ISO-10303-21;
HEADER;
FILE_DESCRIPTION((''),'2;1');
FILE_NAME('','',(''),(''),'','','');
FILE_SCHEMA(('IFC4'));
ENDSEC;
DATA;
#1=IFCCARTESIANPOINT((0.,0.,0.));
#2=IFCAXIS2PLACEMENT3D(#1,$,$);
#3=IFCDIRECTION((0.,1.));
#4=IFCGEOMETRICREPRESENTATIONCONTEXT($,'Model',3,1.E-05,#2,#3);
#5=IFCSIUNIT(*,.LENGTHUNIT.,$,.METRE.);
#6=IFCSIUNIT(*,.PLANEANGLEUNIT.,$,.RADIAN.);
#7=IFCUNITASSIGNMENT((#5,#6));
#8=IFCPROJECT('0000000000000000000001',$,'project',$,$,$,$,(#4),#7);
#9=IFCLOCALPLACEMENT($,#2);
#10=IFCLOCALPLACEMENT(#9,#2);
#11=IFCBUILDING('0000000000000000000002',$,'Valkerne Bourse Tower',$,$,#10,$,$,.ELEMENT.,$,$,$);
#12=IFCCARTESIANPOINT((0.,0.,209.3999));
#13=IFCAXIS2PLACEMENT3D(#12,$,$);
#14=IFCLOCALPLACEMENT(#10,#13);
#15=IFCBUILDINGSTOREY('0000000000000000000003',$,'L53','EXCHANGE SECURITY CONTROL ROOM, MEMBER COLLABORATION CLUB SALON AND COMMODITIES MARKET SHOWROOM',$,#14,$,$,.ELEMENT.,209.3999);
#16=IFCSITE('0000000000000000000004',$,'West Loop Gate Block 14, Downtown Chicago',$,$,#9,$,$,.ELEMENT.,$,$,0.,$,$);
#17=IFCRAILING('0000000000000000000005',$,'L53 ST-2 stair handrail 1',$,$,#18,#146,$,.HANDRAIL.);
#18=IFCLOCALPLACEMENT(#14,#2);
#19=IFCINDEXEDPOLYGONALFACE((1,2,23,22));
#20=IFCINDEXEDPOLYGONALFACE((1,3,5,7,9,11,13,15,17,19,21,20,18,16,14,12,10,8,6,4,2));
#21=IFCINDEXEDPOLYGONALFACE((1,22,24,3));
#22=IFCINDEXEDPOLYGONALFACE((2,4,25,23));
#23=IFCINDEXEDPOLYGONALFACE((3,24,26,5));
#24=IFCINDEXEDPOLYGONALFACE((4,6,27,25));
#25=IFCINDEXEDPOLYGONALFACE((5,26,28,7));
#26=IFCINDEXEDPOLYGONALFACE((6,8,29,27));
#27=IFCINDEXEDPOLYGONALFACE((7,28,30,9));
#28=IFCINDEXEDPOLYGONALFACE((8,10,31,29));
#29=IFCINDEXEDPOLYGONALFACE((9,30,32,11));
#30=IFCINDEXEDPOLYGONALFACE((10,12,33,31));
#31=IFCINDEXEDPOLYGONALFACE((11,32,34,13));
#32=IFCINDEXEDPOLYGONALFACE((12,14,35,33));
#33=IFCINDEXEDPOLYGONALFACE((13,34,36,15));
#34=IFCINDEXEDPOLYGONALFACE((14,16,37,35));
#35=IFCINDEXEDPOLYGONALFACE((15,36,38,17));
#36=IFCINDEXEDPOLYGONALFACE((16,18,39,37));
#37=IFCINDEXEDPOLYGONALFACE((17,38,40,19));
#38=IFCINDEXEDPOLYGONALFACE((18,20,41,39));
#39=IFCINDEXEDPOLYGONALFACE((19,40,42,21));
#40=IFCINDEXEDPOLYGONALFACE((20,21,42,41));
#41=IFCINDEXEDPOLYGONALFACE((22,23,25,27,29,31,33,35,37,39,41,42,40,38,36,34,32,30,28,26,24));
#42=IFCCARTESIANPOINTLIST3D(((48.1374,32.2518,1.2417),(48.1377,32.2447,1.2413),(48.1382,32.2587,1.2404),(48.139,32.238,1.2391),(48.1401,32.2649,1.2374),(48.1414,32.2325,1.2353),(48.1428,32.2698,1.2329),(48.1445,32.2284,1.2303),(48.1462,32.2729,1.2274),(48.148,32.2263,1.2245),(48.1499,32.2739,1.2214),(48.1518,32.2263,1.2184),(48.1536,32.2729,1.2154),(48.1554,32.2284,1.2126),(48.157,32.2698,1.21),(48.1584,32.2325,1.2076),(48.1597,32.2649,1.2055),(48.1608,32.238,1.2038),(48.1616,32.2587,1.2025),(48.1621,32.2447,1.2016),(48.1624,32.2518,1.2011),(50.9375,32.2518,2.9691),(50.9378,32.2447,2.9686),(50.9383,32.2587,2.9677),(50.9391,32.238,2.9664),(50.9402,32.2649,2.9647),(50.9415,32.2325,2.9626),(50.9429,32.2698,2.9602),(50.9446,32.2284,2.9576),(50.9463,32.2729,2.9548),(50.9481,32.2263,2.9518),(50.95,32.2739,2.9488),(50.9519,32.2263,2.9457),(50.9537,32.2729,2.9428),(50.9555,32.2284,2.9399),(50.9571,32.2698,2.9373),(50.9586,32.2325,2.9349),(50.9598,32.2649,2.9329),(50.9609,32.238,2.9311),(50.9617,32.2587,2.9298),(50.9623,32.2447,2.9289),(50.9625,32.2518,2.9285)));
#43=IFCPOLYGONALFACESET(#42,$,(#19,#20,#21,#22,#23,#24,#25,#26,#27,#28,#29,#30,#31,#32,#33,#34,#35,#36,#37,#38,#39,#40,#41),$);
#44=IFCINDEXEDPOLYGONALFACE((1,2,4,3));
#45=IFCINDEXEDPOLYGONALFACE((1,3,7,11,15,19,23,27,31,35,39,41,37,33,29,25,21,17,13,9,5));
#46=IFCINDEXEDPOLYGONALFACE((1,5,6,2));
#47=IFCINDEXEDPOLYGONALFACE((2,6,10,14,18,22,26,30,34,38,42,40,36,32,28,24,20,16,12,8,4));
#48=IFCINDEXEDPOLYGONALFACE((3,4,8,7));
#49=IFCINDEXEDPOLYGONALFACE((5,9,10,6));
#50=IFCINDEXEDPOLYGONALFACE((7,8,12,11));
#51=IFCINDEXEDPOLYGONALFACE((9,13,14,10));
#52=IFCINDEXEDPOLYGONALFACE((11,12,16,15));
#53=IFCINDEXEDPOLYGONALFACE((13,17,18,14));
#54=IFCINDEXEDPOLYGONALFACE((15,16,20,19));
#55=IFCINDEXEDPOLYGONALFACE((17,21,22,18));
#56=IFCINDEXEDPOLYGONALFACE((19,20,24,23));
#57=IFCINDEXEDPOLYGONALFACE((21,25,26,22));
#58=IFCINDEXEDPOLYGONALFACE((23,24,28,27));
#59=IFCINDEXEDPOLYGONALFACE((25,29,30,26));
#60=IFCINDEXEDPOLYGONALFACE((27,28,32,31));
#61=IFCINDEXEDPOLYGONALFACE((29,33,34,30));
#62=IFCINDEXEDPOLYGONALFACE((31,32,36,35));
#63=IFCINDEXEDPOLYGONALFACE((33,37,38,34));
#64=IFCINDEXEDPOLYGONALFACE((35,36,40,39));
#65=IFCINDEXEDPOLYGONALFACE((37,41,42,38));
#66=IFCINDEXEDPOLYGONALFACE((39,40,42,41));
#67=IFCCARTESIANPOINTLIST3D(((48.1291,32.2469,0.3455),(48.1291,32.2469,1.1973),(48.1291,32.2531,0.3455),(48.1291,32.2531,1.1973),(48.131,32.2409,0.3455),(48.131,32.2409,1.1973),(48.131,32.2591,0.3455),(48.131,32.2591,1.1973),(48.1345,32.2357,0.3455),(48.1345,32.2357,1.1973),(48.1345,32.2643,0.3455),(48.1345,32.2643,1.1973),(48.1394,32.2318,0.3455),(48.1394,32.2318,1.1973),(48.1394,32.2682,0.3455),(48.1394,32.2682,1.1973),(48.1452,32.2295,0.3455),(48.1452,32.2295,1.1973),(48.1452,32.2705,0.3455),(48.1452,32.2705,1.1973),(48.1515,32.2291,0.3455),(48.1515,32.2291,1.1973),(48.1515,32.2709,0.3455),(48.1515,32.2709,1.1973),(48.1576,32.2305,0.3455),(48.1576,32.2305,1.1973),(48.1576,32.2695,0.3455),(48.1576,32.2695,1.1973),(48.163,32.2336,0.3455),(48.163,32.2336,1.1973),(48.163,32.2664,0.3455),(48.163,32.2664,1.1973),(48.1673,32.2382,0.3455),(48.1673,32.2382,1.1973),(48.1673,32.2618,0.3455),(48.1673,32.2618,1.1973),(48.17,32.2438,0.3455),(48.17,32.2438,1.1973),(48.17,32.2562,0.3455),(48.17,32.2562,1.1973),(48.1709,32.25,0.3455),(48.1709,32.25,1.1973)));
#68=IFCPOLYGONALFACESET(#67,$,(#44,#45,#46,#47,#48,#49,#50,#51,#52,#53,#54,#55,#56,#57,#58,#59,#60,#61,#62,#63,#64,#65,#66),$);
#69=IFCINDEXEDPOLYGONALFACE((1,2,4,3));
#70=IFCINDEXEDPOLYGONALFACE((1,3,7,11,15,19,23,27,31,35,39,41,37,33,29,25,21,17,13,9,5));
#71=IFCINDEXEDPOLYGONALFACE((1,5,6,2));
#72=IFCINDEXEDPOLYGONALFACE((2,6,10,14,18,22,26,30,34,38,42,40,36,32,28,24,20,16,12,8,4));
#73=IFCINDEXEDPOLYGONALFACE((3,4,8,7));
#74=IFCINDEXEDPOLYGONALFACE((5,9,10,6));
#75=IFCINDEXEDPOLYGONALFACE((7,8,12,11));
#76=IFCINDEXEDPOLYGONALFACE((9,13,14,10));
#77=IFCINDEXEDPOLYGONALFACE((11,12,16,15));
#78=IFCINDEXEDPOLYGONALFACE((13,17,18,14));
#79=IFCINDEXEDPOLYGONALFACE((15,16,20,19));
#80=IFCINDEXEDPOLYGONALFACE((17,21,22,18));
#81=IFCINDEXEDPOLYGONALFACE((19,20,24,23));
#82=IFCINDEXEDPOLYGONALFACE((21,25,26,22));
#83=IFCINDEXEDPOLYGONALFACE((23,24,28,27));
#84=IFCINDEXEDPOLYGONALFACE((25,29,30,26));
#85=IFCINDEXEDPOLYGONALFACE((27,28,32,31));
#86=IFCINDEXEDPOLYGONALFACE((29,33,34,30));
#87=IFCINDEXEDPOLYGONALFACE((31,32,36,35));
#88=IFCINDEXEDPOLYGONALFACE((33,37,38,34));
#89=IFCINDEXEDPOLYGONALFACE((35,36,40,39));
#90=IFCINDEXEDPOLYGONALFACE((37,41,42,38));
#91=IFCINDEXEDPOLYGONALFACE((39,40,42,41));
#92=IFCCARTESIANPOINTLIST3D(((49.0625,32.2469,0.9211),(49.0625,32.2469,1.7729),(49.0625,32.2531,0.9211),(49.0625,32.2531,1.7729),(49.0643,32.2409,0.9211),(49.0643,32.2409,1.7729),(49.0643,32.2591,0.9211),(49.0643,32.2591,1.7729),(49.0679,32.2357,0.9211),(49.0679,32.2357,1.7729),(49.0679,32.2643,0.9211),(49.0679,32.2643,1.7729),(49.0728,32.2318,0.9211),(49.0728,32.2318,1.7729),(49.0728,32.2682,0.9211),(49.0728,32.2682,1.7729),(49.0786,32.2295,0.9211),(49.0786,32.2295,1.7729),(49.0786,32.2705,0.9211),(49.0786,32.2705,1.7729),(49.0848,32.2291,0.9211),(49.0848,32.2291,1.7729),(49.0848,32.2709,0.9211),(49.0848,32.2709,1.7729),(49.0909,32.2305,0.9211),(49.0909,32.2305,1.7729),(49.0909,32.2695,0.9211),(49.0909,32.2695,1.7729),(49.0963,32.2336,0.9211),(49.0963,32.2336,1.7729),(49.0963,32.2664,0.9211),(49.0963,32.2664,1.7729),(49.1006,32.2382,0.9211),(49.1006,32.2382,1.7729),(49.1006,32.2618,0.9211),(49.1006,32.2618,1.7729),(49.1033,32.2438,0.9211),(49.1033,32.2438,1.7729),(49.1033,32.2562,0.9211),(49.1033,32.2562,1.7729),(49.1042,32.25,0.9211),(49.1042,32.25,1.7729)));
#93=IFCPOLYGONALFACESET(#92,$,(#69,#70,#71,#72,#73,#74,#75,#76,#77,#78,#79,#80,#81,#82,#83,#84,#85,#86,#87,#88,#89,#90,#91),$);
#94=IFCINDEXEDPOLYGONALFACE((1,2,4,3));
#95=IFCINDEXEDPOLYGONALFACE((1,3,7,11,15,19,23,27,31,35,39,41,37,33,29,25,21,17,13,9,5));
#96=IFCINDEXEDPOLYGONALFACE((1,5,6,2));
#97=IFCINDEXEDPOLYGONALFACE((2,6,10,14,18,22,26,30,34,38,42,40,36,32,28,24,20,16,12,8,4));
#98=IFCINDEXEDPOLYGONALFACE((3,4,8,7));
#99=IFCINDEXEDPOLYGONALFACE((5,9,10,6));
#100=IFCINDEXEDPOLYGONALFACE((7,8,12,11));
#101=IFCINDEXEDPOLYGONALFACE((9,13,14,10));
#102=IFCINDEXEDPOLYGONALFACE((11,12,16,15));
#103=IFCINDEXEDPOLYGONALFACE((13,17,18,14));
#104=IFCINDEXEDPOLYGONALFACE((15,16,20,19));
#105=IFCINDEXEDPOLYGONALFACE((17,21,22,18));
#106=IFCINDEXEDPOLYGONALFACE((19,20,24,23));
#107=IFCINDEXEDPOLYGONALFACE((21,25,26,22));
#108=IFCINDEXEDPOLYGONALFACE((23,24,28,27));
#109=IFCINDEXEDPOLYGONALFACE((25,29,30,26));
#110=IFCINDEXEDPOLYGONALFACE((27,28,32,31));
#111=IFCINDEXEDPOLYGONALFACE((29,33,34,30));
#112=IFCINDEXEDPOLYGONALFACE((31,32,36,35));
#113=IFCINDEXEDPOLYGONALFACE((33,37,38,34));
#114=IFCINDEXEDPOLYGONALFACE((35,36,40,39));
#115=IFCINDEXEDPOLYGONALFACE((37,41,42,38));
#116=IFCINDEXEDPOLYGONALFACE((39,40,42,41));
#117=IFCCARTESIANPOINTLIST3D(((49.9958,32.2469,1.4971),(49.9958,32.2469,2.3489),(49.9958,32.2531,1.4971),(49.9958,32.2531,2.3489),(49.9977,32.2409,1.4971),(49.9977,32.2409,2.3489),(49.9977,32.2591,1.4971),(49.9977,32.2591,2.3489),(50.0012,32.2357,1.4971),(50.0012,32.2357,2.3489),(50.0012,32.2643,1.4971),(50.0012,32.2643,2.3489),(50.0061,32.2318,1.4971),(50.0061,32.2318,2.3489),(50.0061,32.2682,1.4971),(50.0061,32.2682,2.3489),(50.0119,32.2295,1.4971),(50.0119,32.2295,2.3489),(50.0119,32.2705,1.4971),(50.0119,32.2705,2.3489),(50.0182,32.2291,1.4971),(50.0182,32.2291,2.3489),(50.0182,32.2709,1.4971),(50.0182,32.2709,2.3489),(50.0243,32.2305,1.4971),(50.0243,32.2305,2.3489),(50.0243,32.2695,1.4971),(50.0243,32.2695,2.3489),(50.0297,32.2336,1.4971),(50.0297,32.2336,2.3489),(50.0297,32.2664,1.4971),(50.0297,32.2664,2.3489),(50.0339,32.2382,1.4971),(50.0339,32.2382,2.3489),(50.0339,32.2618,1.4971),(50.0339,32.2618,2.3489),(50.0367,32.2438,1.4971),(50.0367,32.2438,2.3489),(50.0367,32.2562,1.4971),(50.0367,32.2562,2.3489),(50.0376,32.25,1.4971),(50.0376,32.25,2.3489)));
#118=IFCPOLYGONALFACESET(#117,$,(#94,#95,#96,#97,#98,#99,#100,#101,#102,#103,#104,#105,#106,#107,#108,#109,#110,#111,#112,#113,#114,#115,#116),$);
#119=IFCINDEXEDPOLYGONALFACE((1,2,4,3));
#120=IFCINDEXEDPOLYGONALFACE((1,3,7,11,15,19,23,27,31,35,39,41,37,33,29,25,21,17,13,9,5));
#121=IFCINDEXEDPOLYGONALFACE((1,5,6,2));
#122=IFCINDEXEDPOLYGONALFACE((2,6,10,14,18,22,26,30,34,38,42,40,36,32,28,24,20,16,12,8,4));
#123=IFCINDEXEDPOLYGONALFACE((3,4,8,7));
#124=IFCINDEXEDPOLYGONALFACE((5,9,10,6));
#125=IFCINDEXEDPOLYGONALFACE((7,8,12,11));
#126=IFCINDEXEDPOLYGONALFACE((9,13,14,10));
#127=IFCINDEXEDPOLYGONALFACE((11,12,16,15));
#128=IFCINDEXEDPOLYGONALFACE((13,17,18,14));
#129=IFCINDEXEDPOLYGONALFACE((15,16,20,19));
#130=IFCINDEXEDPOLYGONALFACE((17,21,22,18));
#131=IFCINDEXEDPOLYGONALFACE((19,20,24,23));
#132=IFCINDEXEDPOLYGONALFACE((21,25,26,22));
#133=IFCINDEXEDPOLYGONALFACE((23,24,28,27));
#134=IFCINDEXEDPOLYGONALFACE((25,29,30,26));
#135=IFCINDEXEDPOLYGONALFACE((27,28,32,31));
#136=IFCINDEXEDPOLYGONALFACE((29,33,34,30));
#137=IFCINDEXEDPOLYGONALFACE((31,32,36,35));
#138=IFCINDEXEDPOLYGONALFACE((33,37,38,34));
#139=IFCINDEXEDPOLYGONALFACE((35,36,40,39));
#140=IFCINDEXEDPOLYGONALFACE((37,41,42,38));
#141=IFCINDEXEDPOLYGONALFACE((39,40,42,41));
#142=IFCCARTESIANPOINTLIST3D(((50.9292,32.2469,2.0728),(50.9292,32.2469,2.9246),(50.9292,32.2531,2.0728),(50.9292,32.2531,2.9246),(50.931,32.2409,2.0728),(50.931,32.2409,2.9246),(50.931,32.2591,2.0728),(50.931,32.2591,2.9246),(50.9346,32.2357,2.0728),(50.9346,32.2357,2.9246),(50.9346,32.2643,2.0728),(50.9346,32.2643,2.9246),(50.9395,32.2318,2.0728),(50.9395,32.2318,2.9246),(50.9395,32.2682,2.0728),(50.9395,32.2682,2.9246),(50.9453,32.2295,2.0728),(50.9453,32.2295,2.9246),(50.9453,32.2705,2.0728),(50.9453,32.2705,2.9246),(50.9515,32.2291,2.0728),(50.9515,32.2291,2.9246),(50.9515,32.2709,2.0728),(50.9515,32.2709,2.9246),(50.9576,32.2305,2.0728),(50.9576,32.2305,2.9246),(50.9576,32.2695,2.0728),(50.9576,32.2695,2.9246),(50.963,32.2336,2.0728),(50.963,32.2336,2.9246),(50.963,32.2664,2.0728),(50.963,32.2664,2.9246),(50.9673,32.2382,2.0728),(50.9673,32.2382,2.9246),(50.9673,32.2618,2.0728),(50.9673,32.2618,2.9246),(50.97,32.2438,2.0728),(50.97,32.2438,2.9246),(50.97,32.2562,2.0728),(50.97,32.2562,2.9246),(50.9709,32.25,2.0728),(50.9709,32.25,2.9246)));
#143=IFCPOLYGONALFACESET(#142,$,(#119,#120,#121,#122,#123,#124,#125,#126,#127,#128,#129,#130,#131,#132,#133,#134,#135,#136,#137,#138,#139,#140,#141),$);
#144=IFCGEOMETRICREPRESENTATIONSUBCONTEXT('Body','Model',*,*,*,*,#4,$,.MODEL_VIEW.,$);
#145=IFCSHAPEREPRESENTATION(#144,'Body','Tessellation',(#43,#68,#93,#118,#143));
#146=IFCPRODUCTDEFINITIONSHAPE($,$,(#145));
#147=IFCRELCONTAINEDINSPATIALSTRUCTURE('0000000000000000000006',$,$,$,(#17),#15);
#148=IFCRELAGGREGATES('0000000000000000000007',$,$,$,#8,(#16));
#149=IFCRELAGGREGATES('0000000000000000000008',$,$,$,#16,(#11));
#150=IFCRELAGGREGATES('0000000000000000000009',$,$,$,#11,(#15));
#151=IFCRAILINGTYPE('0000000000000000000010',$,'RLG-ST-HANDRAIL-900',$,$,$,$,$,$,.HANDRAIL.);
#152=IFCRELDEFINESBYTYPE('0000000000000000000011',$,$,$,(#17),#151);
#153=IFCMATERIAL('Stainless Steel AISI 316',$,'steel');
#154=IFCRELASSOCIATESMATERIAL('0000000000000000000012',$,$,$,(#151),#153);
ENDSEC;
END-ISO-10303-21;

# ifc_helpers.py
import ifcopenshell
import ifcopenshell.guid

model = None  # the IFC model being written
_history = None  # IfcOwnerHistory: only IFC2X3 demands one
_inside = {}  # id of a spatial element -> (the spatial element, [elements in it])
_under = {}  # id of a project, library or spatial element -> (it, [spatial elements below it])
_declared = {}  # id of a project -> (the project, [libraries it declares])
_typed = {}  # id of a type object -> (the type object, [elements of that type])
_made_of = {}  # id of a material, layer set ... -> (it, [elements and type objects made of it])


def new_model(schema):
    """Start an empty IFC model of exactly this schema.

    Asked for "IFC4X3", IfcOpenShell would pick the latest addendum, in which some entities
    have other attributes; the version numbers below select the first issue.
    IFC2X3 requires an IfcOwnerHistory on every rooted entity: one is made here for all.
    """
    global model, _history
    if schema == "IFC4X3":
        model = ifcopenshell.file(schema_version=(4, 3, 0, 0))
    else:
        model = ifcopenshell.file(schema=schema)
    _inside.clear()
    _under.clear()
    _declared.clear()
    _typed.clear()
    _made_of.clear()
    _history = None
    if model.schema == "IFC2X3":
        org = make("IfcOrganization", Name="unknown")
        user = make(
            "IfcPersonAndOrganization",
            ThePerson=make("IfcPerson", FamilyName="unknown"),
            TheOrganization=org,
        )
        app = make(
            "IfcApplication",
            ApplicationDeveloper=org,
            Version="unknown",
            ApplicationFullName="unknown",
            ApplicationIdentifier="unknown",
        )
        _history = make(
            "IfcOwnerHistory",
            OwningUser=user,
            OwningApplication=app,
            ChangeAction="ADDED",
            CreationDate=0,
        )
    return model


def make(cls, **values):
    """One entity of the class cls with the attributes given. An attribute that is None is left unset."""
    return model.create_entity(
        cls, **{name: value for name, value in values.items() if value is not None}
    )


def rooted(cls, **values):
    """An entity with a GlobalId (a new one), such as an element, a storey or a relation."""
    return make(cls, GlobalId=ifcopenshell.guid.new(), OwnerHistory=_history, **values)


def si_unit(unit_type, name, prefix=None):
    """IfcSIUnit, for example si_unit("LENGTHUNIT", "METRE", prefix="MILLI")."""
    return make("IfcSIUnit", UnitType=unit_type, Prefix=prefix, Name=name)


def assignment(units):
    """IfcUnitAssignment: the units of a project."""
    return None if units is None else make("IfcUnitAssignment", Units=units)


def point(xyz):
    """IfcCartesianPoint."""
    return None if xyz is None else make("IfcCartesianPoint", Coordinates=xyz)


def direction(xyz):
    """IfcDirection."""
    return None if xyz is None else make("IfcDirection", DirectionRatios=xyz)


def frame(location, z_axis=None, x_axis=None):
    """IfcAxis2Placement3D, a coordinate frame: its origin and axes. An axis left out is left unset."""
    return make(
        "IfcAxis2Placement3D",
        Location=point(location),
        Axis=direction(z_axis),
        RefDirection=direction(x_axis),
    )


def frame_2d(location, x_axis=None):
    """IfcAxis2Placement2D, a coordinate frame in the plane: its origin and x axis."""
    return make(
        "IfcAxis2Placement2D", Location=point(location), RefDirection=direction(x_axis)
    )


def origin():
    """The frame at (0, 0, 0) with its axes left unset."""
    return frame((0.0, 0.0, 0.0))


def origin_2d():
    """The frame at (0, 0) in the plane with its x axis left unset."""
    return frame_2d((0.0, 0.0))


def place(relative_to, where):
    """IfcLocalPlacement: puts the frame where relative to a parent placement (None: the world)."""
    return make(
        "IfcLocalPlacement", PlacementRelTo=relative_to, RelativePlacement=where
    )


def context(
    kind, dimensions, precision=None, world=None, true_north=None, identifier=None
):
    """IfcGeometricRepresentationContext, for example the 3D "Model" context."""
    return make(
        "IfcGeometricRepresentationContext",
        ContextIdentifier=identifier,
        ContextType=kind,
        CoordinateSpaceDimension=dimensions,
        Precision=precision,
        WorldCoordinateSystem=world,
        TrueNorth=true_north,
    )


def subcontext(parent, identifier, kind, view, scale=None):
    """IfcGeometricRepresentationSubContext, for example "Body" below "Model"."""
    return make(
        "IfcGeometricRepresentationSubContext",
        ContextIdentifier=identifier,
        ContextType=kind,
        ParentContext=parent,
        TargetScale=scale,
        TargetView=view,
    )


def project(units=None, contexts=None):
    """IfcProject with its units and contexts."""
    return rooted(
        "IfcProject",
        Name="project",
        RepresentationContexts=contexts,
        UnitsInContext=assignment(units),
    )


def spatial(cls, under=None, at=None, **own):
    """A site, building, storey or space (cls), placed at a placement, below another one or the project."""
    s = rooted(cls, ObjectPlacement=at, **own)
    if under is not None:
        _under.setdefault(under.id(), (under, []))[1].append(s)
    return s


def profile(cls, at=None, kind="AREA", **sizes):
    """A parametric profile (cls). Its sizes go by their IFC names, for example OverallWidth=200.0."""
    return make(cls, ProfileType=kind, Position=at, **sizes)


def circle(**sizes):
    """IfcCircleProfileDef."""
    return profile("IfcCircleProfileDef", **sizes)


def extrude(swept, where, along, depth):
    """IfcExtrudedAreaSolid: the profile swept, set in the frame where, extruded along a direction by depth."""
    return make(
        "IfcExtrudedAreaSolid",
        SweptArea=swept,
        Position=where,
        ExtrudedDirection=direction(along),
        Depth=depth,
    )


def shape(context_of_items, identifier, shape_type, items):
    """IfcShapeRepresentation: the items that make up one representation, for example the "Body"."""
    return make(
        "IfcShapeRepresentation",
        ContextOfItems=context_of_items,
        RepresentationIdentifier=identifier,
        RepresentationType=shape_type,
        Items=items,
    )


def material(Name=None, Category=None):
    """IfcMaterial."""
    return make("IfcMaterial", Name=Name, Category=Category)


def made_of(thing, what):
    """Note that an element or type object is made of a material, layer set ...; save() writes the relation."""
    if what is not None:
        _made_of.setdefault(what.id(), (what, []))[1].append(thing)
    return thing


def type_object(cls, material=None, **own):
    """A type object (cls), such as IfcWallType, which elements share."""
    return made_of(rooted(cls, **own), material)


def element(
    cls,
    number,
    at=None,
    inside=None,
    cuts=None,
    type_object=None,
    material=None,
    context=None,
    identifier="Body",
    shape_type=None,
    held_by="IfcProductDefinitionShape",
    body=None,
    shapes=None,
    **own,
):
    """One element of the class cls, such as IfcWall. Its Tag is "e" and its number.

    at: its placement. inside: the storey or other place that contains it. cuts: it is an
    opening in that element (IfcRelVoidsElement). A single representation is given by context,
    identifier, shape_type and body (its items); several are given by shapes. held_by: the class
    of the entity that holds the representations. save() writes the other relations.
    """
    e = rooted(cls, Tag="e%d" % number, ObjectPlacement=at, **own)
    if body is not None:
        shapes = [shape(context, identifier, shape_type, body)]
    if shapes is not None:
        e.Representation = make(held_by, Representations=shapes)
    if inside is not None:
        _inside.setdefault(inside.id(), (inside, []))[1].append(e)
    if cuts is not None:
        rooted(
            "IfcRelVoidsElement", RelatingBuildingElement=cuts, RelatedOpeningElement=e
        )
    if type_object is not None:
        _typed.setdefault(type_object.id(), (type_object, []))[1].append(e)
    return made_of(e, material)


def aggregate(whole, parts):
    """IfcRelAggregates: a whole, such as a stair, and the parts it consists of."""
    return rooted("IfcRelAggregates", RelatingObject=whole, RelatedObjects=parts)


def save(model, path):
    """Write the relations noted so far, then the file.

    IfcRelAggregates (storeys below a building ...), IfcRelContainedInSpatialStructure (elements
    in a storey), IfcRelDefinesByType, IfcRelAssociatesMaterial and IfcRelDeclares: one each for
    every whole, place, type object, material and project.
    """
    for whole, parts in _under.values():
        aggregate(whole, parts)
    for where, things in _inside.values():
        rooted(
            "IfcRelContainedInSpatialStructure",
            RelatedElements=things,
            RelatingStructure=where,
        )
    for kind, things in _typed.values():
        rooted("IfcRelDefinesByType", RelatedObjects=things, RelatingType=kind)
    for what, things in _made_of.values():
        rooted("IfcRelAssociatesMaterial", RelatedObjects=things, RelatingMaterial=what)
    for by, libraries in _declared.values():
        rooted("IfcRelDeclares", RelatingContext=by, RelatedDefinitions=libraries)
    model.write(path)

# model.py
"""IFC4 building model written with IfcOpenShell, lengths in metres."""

from ifc_helpers import new_model, si_unit, direction, frame, origin, origin_2d, place, context, subcontext, project, spatial, circle, extrude, material, type_object, element, save


model = new_model("IFC4")

# Units and contexts
model_context = context("Model", 3, precision=1e-05, world=origin(), true_north=direction((0.0, 1.0)))
body_context = subcontext(model_context, "Body", "Model", "MODEL_VIEW")
ifc_project = project(units=[si_unit("LENGTHUNIT", "METRE"), si_unit("PLANEANGLEUNIT", "RADIAN")], contexts=[model_context])

# Site, building, storey
site_placement = place(None, origin())
site = spatial("IfcSite", under=ifc_project, at=site_placement, Name="West Loop Gate Block 14, Downtown Chicago", CompositionType="ELEMENT", RefElevation=0.0)
building_placement = place(site_placement, origin())
building = spatial("IfcBuilding", under=site, at=building_placement, Name="Valkerne Bourse Tower", CompositionType="ELEMENT")
storey_placement = place(building_placement, frame((0.0, 0.0, 209.3999)))
storey = spatial("IfcBuildingStorey", under=building, at=storey_placement, Name="L53", Description="EXCHANGE SECURITY CONTROL ROOM, MEMBER COLLABORATION CLUB SALON AND COMMODITIES MARKET SHOWROOM", CompositionType="ELEMENT", Elevation=209.3999)

# Shared definitions
ifc_material_1 = material(Name="Stainless Steel AISI 316", Category="steel")

# Railing
railing_type_1 = type_object("IfcRailingType", Name="RLG-ST-HANDRAIL-900", PredefinedType="HANDRAIL", material=ifc_material_1)
railing_1_placement = place(storey_placement, frame((48.1499, 32.25, 0.3455)))
element("IfcRailing", 1, at=railing_1_placement, inside=storey, type_object=railing_type_1, Name="L53 ST-2 stair handrail 1", PredefinedType="HANDRAIL", context=body_context, shape_type="SweptSolid", body=[
    extrude(circle(Radius=0.0239, at=origin_2d()), frame((0.0, 0.0, 0.876), z_axis=(0.85109, 0.0, 0.52502), x_axis=(0.0, 1.0, 0.0)), (0.0, 0.0, 1.0), 3.29),
    extrude(circle(Radius=0.021, at=origin_2d()), origin(), (0.0, 0.0, 1.0), 0.8518),
    extrude(circle(Radius=0.021, at=origin_2d()), frame((0.9333, 0.0, 0.5757)), (0.0, 0.0, 1.0), 0.8518),
    extrude(circle(Radius=0.021, at=origin_2d()), frame((1.8667, 0.0, 1.1516)), (0.0, 0.0, 1.0), 0.8518),
    extrude(circle(Radius=0.021, at=origin_2d()), frame((2.8, 0.0, 1.7273)), (0.0, 0.0, 1.0), 0.8518),
])

save(model, "model.ifc")
